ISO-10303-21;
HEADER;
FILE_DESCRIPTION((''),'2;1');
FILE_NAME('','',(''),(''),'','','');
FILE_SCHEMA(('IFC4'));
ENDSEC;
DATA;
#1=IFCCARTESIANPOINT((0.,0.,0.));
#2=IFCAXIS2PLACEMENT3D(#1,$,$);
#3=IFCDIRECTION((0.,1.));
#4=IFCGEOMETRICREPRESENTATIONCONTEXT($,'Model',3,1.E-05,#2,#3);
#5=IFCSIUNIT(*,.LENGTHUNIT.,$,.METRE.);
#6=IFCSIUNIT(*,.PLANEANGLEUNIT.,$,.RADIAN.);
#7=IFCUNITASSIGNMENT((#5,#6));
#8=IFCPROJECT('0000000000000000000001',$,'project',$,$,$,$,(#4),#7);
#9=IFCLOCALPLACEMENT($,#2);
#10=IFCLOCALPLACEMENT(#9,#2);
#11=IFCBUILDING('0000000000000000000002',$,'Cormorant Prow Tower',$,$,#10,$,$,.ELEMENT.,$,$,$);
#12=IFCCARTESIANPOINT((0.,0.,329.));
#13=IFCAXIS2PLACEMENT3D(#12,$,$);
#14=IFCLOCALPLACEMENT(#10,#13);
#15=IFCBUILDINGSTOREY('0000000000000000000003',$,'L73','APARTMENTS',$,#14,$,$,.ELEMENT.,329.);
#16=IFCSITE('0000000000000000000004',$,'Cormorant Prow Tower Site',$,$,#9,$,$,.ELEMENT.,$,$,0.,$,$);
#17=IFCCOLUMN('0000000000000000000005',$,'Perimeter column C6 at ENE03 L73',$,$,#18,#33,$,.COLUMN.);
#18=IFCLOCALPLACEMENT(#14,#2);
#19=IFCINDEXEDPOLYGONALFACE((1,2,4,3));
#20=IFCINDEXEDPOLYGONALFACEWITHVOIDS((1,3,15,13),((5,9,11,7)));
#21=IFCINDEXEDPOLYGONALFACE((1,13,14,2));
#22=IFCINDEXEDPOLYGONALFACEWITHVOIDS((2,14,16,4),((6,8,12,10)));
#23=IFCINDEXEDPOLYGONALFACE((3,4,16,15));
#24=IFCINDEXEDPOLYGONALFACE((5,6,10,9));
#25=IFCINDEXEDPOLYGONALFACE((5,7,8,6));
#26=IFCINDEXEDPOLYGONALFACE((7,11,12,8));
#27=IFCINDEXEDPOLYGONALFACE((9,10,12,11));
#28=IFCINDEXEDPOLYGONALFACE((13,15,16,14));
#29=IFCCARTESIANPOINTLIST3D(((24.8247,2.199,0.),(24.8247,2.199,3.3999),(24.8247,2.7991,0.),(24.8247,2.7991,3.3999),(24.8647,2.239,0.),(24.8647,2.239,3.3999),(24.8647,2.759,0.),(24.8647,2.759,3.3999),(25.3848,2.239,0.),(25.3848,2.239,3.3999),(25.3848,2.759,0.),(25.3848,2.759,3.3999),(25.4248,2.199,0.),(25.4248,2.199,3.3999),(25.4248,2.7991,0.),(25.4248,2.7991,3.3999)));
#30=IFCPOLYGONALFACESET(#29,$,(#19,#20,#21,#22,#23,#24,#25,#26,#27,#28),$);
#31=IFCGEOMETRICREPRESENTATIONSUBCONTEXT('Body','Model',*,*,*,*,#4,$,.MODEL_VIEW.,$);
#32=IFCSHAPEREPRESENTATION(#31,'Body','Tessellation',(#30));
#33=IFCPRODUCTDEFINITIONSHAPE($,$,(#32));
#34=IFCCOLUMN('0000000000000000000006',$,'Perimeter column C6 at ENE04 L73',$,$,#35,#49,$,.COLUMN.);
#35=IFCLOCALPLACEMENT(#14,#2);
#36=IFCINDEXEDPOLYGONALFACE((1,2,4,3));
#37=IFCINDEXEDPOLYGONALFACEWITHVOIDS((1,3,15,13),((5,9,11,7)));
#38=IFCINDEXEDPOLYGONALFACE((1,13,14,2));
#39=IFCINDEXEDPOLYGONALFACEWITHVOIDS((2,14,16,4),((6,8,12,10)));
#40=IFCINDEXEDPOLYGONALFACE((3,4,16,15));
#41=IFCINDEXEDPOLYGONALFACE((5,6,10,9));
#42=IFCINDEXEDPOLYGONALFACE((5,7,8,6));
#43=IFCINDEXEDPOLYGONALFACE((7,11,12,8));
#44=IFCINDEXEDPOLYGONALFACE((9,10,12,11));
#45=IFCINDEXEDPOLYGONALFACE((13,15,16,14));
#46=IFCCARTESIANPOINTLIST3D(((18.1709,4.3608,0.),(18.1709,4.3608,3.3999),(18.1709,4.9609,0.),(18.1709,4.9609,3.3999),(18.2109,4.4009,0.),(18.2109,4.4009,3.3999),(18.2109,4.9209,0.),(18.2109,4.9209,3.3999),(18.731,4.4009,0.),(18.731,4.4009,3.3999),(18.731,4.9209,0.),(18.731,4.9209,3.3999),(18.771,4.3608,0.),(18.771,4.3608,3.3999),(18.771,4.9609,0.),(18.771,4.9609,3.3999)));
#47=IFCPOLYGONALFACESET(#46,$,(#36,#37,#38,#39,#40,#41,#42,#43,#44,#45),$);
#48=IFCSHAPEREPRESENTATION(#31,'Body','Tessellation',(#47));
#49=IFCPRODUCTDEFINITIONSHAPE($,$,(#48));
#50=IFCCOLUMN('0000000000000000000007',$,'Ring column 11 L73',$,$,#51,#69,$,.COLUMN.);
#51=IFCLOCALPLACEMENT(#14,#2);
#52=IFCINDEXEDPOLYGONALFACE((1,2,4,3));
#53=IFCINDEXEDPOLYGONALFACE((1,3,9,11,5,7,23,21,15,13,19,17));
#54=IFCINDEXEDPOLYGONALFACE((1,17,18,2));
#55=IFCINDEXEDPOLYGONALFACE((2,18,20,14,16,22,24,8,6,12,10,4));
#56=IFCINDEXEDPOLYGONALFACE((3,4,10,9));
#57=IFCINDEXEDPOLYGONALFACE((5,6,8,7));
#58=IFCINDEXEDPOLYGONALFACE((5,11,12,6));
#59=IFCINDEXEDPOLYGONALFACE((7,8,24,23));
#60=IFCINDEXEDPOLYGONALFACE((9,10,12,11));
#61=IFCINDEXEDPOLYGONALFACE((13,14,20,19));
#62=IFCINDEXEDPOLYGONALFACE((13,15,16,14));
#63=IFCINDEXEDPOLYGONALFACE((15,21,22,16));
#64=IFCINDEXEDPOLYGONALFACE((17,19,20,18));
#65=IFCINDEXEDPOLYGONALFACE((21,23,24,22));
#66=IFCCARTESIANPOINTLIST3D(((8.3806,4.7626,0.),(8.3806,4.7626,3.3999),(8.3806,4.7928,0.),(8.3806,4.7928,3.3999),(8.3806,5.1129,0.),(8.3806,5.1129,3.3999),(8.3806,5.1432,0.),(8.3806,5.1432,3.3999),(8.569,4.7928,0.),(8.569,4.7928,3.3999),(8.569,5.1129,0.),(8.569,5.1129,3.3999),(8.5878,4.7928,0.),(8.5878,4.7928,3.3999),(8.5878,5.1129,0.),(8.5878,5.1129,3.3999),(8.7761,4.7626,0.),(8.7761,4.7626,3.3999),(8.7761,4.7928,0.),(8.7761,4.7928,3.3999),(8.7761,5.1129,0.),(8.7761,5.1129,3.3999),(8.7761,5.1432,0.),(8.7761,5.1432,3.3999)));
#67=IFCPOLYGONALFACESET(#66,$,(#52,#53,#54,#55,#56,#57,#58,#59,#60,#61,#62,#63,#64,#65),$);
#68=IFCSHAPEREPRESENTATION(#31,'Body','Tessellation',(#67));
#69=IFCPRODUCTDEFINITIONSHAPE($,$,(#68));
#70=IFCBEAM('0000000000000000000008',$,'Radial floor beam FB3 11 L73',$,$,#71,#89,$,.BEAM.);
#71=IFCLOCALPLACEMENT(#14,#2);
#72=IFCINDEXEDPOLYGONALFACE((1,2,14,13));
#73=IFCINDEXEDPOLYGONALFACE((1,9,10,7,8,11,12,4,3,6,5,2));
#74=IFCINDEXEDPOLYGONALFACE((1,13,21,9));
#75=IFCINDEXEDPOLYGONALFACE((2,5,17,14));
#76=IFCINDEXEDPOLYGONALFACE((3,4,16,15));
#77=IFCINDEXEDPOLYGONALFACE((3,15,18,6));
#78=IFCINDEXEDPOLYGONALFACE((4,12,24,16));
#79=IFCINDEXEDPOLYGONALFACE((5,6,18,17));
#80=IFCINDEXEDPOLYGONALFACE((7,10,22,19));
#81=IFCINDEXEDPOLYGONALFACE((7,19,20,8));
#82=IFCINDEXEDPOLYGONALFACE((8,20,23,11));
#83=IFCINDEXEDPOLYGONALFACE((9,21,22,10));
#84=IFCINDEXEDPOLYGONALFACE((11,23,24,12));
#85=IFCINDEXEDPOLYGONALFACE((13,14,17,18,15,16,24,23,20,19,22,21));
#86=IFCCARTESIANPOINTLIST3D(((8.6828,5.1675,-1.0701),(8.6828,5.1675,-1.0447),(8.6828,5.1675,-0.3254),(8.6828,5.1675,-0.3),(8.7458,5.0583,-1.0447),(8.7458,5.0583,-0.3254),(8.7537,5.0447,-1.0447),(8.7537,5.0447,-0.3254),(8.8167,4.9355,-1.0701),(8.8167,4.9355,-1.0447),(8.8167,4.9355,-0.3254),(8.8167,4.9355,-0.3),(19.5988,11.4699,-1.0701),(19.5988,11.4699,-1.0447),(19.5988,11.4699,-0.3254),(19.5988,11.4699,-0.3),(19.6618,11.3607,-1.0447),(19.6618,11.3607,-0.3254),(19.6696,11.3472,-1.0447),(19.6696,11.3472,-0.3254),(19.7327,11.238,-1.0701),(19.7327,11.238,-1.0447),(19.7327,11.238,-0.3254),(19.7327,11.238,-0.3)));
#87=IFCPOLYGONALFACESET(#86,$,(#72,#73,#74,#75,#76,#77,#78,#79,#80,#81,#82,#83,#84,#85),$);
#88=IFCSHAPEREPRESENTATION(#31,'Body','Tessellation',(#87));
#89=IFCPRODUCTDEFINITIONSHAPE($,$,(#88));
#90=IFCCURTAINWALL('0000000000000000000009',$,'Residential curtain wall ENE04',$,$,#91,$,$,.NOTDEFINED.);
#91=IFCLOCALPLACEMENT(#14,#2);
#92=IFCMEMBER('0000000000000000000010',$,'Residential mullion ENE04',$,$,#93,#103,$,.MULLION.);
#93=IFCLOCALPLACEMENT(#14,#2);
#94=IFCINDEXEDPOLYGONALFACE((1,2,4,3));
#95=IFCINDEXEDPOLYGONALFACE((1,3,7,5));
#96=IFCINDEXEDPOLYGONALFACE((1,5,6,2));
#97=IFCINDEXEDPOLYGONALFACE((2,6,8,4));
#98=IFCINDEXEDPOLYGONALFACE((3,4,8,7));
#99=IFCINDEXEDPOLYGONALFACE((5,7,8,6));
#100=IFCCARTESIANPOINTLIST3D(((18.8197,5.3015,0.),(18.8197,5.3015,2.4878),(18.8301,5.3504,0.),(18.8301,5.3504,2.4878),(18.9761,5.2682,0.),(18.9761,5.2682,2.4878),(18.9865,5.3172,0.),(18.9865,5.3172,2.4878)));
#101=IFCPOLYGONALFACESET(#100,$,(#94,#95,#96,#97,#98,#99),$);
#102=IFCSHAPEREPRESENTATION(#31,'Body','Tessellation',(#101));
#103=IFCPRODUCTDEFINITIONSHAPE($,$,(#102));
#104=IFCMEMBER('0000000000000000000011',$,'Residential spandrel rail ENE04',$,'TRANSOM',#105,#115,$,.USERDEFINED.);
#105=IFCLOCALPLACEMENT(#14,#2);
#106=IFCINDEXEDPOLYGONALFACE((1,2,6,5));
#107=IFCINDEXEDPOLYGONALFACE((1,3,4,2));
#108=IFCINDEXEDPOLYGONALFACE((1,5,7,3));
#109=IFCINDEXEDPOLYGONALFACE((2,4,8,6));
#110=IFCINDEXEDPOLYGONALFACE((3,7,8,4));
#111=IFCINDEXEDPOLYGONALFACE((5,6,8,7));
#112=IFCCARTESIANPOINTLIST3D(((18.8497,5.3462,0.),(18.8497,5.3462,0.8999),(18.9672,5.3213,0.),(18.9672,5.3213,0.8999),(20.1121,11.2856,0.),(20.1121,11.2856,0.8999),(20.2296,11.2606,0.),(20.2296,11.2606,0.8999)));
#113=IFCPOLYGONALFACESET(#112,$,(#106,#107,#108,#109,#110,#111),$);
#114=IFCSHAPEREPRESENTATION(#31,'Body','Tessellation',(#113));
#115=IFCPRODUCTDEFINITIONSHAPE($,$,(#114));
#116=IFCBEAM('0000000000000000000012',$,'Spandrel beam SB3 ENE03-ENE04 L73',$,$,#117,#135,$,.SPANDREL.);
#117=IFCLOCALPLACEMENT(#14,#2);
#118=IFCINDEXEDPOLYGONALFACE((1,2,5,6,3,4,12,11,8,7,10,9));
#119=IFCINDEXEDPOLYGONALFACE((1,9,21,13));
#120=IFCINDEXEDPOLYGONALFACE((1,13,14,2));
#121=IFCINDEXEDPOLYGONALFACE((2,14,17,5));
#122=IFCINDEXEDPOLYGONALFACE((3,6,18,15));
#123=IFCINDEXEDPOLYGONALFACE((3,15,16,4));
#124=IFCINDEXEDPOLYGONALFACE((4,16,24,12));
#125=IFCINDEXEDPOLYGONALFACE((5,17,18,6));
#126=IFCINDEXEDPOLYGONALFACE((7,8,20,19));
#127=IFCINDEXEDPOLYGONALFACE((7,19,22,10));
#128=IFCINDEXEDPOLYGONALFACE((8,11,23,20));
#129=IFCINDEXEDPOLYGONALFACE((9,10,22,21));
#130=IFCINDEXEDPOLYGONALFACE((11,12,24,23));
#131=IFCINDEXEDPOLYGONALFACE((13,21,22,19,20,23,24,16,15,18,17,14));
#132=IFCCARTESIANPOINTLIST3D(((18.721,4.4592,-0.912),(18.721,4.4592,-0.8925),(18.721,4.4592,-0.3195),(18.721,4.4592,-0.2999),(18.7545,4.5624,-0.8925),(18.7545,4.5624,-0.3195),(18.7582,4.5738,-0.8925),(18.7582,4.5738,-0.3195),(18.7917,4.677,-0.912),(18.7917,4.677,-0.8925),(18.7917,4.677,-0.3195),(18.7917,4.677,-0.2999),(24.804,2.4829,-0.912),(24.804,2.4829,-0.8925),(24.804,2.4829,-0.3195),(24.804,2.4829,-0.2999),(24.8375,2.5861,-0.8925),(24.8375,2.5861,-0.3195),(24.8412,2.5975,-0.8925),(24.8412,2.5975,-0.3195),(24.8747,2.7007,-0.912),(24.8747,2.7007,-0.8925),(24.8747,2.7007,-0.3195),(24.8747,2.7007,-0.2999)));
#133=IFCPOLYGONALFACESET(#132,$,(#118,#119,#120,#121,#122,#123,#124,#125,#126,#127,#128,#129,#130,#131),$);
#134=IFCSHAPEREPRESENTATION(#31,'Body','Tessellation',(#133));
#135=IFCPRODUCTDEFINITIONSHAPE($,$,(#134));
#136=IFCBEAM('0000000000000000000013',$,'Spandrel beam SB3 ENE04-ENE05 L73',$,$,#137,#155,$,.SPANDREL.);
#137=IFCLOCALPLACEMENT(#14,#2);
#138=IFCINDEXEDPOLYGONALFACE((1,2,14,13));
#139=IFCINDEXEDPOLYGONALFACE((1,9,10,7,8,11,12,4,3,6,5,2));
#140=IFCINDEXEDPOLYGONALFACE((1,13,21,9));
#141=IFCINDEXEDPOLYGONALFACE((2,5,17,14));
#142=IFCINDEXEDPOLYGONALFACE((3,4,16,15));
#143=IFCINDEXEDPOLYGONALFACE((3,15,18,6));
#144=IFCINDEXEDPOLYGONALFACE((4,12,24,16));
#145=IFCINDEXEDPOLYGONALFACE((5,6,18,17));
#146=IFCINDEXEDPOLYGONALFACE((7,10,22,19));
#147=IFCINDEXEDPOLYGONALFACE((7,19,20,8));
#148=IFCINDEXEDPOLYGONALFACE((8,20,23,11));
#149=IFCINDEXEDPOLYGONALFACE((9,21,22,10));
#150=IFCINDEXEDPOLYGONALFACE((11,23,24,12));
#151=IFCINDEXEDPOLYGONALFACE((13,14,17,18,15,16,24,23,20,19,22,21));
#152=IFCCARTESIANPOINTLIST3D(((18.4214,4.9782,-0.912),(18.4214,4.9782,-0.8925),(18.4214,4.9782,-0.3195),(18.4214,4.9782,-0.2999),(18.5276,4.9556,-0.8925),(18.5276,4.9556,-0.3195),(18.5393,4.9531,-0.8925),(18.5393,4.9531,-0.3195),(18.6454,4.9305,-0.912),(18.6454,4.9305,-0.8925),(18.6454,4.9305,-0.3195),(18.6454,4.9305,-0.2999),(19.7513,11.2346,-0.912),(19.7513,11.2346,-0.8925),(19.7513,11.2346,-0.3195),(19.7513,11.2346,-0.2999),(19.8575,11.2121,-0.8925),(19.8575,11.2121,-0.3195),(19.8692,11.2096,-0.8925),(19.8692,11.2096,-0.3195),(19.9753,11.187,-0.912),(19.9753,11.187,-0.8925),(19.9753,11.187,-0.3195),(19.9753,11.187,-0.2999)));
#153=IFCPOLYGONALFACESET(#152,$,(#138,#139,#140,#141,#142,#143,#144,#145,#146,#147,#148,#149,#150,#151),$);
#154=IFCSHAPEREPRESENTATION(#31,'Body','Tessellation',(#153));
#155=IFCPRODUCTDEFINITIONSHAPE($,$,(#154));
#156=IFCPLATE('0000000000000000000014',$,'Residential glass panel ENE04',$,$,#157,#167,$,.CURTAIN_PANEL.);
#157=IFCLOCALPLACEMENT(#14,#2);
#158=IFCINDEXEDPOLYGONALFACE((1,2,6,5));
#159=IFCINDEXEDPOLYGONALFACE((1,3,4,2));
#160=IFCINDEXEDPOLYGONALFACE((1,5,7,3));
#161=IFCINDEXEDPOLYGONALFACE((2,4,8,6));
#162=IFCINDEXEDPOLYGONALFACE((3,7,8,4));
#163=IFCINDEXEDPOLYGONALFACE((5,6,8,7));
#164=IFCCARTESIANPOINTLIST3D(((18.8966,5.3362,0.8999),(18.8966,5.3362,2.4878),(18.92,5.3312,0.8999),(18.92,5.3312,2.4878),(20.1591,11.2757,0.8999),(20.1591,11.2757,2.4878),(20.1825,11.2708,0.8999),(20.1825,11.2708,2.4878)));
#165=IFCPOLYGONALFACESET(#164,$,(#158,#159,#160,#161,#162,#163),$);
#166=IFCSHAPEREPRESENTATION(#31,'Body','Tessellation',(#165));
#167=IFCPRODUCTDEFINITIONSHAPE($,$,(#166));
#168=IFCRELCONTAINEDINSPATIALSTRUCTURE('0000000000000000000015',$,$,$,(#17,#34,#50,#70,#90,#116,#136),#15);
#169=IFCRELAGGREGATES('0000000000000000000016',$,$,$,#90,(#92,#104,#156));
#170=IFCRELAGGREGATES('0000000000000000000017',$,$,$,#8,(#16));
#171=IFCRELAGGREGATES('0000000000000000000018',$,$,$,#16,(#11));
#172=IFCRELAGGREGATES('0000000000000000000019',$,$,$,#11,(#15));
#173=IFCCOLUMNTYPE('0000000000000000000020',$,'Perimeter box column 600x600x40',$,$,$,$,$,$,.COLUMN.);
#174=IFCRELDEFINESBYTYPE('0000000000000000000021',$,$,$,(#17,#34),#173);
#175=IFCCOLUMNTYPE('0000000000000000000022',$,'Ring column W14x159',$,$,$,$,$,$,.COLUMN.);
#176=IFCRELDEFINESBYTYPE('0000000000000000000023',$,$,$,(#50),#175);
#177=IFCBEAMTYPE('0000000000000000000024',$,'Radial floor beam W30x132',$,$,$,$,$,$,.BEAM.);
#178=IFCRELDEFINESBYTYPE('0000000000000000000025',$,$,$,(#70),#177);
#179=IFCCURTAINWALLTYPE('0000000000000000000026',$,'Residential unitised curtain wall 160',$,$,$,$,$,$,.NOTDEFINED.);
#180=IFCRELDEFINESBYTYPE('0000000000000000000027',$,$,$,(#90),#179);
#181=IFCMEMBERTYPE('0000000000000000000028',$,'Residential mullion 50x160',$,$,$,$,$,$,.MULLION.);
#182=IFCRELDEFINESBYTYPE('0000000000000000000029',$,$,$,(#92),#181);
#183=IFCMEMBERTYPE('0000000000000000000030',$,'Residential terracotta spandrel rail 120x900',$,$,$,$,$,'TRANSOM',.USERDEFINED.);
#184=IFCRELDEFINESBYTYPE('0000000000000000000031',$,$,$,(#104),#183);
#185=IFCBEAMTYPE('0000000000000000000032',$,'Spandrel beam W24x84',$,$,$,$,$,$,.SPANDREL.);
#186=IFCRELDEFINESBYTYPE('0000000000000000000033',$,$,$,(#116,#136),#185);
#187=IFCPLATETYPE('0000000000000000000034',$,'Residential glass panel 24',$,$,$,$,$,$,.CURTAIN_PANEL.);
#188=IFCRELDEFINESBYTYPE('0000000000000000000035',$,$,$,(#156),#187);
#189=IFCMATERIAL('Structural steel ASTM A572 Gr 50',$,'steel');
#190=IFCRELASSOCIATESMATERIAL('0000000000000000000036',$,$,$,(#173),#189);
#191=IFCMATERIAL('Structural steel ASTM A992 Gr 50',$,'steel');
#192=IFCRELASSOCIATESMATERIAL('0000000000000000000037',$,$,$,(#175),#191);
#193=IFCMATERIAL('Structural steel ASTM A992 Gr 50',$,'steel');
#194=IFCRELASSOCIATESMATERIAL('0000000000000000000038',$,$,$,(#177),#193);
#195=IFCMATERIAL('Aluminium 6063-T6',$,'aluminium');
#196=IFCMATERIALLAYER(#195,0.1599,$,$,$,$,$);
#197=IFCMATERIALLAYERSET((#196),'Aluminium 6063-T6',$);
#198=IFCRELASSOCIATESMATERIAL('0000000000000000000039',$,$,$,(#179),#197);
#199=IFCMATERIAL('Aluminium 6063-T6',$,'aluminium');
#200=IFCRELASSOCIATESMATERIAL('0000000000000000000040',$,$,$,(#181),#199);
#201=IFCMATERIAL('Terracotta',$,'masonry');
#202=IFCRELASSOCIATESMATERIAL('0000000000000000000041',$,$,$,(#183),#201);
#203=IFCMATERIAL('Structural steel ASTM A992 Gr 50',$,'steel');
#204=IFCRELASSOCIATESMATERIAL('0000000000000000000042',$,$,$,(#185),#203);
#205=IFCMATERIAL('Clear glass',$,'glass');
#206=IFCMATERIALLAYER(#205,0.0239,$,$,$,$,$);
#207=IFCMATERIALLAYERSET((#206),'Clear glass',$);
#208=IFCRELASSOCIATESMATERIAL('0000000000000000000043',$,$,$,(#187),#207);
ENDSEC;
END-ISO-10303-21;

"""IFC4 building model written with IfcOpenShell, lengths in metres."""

from ifc_helpers import new_model, si_unit, direction, frame, origin, origin_2d, place, context, subcontext, project, spatial, rectangle, hollow_rectangle, i_section, extrude, material, layer, layer_set, material_profile, profile_set, type_object, element, aggregate, save


model = new_model("IFC4")

# Units and contexts
model_context = context("Model", 3, precision=1e-05, world=origin(), true_north=direction((0.0, 1.0)))
body_context = subcontext(model_context, "Body", "Model", "MODEL_VIEW")
ifc_project = project(units=[si_unit("LENGTHUNIT", "METRE"), si_unit("PLANEANGLEUNIT", "RADIAN")], contexts=[model_context])

# Site, building, storey
site_placement = place(None, origin())
site = spatial("IfcSite", under=ifc_project, at=site_placement, Name="Cormorant Prow Tower Site", CompositionType="ELEMENT", RefElevation=0.0)
building_placement = place(site_placement, origin())
building = spatial("IfcBuilding", under=site, at=building_placement, Name="Cormorant Prow Tower", CompositionType="ELEMENT")
storey_placement = place(building_placement, frame((0.0, 0.0, 329.0)))
storey = spatial("IfcBuildingStorey", under=building, at=storey_placement, Name="L73", Description="APARTMENTS", CompositionType="ELEMENT", Elevation=329.0)

# Columns
ifc_material_1 = material(Name="Structural steel ASTM A572 Gr 50", Category="steel")
ifc_material_profile_1 = material_profile(ifc_material_1, hollow_rectangle(XDim=0.6001, YDim=0.6001, WallThickness=0.04, at=origin_2d()), Name="Box 600x600x40")
ifc_profile_set_1 = profile_set([ifc_material_profile_1], Name="Structural steel ASTM A572 Gr 50")
column_type_1 = type_object("IfcColumnType", Name="Perimeter box column 600x600x40", PredefinedType="COLUMN", material=ifc_profile_set_1)
for number, where, z_axis, x_axis, name in (
    (1, (25.1248, 2.499, 0.0), (0.0, 0.0, 1.0), (1.0, 0.0, 0.0), "Perimeter column C6 at ENE03 L73"),
    (2, (18.4709, 4.6609, 0.0), (0.0, 0.0, 1.0), (1.0, 0.0, 0.0), "Perimeter column C6 at ENE04 L73"),
):
    element("IfcColumn", number, at=place(storey_placement, frame(where, z_axis=z_axis, x_axis=x_axis)), inside=storey, type_object=column_type_1, Name=name, PredefinedType="COLUMN", context=body_context, shape_type="SweptSolid", body=[
        extrude(hollow_rectangle(XDim=0.6001, YDim=0.6001, WallThickness=0.04, at=origin_2d()), origin(), (0.0, 0.0, 1.0), 3.3999),
    ])
ifc_material_2 = material(Name="Structural steel ASTM A992 Gr 50", Category="steel")
ifc_material_profile_2 = material_profile(ifc_material_2, i_section(OverallWidth=0.3955, OverallDepth=0.3806, WebThickness=0.0188, FlangeThickness=0.0303, at=origin_2d()), Name="W14x159")
ifc_profile_set_2 = profile_set([ifc_material_profile_2], Name="Structural steel ASTM A992 Gr 50")
column_type_2 = type_object("IfcColumnType", Name="Ring column W14x159", PredefinedType="COLUMN", material=ifc_profile_set_2)
column_placement = place(storey_placement, frame((8.5784, 4.9529, 0.0), z_axis=(0.0, 0.0, 1.0), x_axis=(1.0, 0.0, 0.0)))
element("IfcColumn", 3, at=column_placement, inside=storey, type_object=column_type_2, Name="Ring column 11 L73", PredefinedType="COLUMN", context=body_context, shape_type="SweptSolid", body=[
    extrude(i_section(OverallWidth=0.3955, OverallDepth=0.3806, WebThickness=0.0188, FlangeThickness=0.0303, at=origin_2d()), origin(), (0.0, 0.0, 1.0), 3.3999),
])

# Beam
ifc_material_3 = material(Name="Structural steel ASTM A992 Gr 50", Category="steel")
ifc_material_profile_3 = material_profile(ifc_material_3, i_section(OverallWidth=0.2678, OverallDepth=0.77, WebThickness=0.0156, FlangeThickness=0.0254, at=origin_2d()), Name="W30x132")
ifc_profile_set_3 = profile_set([ifc_material_profile_3], Name="Structural steel ASTM A992 Gr 50")
beam_type_1 = type_object("IfcBeamType", Name="Radial floor beam W30x132", PredefinedType="BEAM", material=ifc_profile_set_3)
beam_1_placement = place(storey_placement, frame((8.7498, 5.0515, -0.6851), z_axis=(0.866021, 0.500007, 0.0), x_axis=(-0.500007, 0.866021, 0.0)))
element("IfcBeam", 4, at=beam_1_placement, inside=storey, type_object=beam_type_1, Name="Radial floor beam FB3 11 L73", PredefinedType="BEAM", context=body_context, shape_type="SweptSolid", body=[
    extrude(i_section(OverallWidth=0.2678, OverallDepth=0.77, WebThickness=0.0156, FlangeThickness=0.0254, at=origin_2d()), origin(), (0.0, 0.0, 1.0), 12.6047),
])

# Curtain wall, members
ifc_material_4 = material(Name="Aluminium 6063-T6", Category="aluminium")
ifc_layer_1 = layer(ifc_material_4, 0.1599)
ifc_layer_set_1 = layer_set([ifc_layer_1], Name="Aluminium 6063-T6")
curtain_wall_type = type_object("IfcCurtainWallType", Name="Residential unitised curtain wall 160", PredefinedType="NOTDEFINED", material=ifc_layer_set_1)
curtain_wall_placement = place(storey_placement, origin())
curtain_wall = element("IfcCurtainWall", 5, at=curtain_wall_placement, inside=storey, type_object=curtain_wall_type, Name="Residential curtain wall ENE04", PredefinedType="NOTDEFINED")
ifc_material_5 = material(Name="Aluminium 6063-T6", Category="aluminium")
ifc_material_profile_4 = material_profile(ifc_material_5, rectangle(XDim=0.1599, YDim=0.05, at=origin_2d()), Name="Residential mullion 50x160")
ifc_profile_set_4 = profile_set([ifc_material_profile_4], Name="Aluminium 6063-T6")
member_type_1 = type_object("IfcMemberType", Name="Residential mullion 50x160", PredefinedType="MULLION", material=ifc_profile_set_4)
member_1_placement = place(storey_placement, frame((18.9031, 5.3093, 0.0), z_axis=(0.0, 0.0, 1.0), x_axis=(-0.978148, 0.207912, 0.0)))
member_1 = element("IfcMember", 6, at=member_1_placement, type_object=member_type_1, Name="Residential mullion ENE04", PredefinedType="MULLION", context=body_context, shape_type="SweptSolid", body=[
    extrude(rectangle(XDim=0.1599, YDim=0.05, at=origin_2d()), origin(), (0.0, 0.0, 1.0), 2.4878),
])
ifc_material_6 = material(Name="Terracotta", Category="masonry")
ifc_material_profile_5 = material_profile(ifc_material_6, rectangle(XDim=0.1201, YDim=0.8999, at=origin_2d()), Name="Residential terracotta spandrel rail 120x900")
ifc_profile_set_5 = profile_set([ifc_material_profile_5], Name="Terracotta")
member_type_2 = type_object("IfcMemberType", Name="Residential terracotta spandrel rail 120x900", ElementType="TRANSOM", PredefinedType="USERDEFINED", material=ifc_profile_set_5)
member_2_placement = place(storey_placement, frame((18.9084, 5.3337, 0.45), z_axis=(0.207909, 0.978148, 0.0), x_axis=(-0.978148, 0.207909, 0.0)))
member_2 = element("IfcMember", 7, at=member_2_placement, type_object=member_type_2, Name="Residential spandrel rail ENE04", ObjectType="TRANSOM", PredefinedType="USERDEFINED", context=body_context, shape_type="SweptSolid", body=[
    extrude(rectangle(XDim=0.1201, YDim=0.8999, at=origin_2d()), origin(), (0.0, 0.0, 1.0), 6.072),
])

# Beams
ifc_material_7 = material(Name="Structural steel ASTM A992 Gr 50", Category="steel")
ifc_material_profile_6 = material_profile(ifc_material_7, i_section(OverallWidth=0.229, OverallDepth=0.6121, WebThickness=0.012, FlangeThickness=0.0195, at=origin_2d()), Name="W24x84")
ifc_profile_set_6 = profile_set([ifc_material_profile_6], Name="Structural steel ASTM A992 Gr 50")
beam_type_2 = type_object("IfcBeamType", Name="Spandrel beam W24x84", PredefinedType="SPANDREL", material=ifc_profile_set_6)
beam_2_placement = place(storey_placement, frame((24.8394, 2.5918, -0.606), z_axis=(-0.951064, 0.308993, 0.0), x_axis=(-0.308993, -0.951064, 0.0)))
element("IfcBeam", 8, at=beam_2_placement, inside=storey, type_object=beam_type_2, Name="Spandrel beam SB3 ENE03-ENE04 L73", PredefinedType="SPANDREL", context=body_context, shape_type="SweptSolid", body=[
    extrude(i_section(OverallWidth=0.229, OverallDepth=0.6121, WebThickness=0.012, FlangeThickness=0.0195, at=origin_2d()), origin(), (0.0, 0.0, 1.0), 6.396),
])
beam_3_placement = place(storey_placement, frame((18.5334, 4.9543, -0.606), z_axis=(0.207913, 0.978147, 0.0), x_axis=(-0.978147, 0.207913, 0.0)))
element("IfcBeam", 9, at=beam_3_placement, inside=storey, type_object=beam_type_2, Name="Spandrel beam SB3 ENE04-ENE05 L73", PredefinedType="SPANDREL", context=body_context, shape_type="SweptSolid", body=[
    extrude(i_section(OverallWidth=0.229, OverallDepth=0.6121, WebThickness=0.012, FlangeThickness=0.0195, at=origin_2d()), origin(), (0.0, 0.0, 1.0), 6.3962),
])

# Plate
ifc_material_8 = material(Name="Clear glass", Category="glass")
ifc_layer_2 = layer(ifc_material_8, 0.0239)
ifc_layer_set_2 = layer_set([ifc_layer_2], Name="Clear glass")
plate_type = type_object("IfcPlateType", Name="Residential glass panel 24", PredefinedType="CURTAIN_PANEL", material=ifc_layer_set_2)
plate_placement = place(storey_placement, frame((19.5396, 8.3035, 0.8999), z_axis=(0.0, 0.0, 1.0), x_axis=(0.207912, 0.978148, 0.0)))
plate = element("IfcPlate", 10, at=plate_placement, type_object=plate_type, Name="Residential glass panel ENE04", PredefinedType="CURTAIN_PANEL", context=body_context, shape_type="SweptSolid", body=[
    extrude(rectangle(XDim=6.0723, YDim=0.0239, at=origin_2d()), origin(), (0.0, 0.0, 1.0), 1.5879),
])
aggregate(curtain_wall, [member_1, member_2, plate])

save(model, "model.ifc")
